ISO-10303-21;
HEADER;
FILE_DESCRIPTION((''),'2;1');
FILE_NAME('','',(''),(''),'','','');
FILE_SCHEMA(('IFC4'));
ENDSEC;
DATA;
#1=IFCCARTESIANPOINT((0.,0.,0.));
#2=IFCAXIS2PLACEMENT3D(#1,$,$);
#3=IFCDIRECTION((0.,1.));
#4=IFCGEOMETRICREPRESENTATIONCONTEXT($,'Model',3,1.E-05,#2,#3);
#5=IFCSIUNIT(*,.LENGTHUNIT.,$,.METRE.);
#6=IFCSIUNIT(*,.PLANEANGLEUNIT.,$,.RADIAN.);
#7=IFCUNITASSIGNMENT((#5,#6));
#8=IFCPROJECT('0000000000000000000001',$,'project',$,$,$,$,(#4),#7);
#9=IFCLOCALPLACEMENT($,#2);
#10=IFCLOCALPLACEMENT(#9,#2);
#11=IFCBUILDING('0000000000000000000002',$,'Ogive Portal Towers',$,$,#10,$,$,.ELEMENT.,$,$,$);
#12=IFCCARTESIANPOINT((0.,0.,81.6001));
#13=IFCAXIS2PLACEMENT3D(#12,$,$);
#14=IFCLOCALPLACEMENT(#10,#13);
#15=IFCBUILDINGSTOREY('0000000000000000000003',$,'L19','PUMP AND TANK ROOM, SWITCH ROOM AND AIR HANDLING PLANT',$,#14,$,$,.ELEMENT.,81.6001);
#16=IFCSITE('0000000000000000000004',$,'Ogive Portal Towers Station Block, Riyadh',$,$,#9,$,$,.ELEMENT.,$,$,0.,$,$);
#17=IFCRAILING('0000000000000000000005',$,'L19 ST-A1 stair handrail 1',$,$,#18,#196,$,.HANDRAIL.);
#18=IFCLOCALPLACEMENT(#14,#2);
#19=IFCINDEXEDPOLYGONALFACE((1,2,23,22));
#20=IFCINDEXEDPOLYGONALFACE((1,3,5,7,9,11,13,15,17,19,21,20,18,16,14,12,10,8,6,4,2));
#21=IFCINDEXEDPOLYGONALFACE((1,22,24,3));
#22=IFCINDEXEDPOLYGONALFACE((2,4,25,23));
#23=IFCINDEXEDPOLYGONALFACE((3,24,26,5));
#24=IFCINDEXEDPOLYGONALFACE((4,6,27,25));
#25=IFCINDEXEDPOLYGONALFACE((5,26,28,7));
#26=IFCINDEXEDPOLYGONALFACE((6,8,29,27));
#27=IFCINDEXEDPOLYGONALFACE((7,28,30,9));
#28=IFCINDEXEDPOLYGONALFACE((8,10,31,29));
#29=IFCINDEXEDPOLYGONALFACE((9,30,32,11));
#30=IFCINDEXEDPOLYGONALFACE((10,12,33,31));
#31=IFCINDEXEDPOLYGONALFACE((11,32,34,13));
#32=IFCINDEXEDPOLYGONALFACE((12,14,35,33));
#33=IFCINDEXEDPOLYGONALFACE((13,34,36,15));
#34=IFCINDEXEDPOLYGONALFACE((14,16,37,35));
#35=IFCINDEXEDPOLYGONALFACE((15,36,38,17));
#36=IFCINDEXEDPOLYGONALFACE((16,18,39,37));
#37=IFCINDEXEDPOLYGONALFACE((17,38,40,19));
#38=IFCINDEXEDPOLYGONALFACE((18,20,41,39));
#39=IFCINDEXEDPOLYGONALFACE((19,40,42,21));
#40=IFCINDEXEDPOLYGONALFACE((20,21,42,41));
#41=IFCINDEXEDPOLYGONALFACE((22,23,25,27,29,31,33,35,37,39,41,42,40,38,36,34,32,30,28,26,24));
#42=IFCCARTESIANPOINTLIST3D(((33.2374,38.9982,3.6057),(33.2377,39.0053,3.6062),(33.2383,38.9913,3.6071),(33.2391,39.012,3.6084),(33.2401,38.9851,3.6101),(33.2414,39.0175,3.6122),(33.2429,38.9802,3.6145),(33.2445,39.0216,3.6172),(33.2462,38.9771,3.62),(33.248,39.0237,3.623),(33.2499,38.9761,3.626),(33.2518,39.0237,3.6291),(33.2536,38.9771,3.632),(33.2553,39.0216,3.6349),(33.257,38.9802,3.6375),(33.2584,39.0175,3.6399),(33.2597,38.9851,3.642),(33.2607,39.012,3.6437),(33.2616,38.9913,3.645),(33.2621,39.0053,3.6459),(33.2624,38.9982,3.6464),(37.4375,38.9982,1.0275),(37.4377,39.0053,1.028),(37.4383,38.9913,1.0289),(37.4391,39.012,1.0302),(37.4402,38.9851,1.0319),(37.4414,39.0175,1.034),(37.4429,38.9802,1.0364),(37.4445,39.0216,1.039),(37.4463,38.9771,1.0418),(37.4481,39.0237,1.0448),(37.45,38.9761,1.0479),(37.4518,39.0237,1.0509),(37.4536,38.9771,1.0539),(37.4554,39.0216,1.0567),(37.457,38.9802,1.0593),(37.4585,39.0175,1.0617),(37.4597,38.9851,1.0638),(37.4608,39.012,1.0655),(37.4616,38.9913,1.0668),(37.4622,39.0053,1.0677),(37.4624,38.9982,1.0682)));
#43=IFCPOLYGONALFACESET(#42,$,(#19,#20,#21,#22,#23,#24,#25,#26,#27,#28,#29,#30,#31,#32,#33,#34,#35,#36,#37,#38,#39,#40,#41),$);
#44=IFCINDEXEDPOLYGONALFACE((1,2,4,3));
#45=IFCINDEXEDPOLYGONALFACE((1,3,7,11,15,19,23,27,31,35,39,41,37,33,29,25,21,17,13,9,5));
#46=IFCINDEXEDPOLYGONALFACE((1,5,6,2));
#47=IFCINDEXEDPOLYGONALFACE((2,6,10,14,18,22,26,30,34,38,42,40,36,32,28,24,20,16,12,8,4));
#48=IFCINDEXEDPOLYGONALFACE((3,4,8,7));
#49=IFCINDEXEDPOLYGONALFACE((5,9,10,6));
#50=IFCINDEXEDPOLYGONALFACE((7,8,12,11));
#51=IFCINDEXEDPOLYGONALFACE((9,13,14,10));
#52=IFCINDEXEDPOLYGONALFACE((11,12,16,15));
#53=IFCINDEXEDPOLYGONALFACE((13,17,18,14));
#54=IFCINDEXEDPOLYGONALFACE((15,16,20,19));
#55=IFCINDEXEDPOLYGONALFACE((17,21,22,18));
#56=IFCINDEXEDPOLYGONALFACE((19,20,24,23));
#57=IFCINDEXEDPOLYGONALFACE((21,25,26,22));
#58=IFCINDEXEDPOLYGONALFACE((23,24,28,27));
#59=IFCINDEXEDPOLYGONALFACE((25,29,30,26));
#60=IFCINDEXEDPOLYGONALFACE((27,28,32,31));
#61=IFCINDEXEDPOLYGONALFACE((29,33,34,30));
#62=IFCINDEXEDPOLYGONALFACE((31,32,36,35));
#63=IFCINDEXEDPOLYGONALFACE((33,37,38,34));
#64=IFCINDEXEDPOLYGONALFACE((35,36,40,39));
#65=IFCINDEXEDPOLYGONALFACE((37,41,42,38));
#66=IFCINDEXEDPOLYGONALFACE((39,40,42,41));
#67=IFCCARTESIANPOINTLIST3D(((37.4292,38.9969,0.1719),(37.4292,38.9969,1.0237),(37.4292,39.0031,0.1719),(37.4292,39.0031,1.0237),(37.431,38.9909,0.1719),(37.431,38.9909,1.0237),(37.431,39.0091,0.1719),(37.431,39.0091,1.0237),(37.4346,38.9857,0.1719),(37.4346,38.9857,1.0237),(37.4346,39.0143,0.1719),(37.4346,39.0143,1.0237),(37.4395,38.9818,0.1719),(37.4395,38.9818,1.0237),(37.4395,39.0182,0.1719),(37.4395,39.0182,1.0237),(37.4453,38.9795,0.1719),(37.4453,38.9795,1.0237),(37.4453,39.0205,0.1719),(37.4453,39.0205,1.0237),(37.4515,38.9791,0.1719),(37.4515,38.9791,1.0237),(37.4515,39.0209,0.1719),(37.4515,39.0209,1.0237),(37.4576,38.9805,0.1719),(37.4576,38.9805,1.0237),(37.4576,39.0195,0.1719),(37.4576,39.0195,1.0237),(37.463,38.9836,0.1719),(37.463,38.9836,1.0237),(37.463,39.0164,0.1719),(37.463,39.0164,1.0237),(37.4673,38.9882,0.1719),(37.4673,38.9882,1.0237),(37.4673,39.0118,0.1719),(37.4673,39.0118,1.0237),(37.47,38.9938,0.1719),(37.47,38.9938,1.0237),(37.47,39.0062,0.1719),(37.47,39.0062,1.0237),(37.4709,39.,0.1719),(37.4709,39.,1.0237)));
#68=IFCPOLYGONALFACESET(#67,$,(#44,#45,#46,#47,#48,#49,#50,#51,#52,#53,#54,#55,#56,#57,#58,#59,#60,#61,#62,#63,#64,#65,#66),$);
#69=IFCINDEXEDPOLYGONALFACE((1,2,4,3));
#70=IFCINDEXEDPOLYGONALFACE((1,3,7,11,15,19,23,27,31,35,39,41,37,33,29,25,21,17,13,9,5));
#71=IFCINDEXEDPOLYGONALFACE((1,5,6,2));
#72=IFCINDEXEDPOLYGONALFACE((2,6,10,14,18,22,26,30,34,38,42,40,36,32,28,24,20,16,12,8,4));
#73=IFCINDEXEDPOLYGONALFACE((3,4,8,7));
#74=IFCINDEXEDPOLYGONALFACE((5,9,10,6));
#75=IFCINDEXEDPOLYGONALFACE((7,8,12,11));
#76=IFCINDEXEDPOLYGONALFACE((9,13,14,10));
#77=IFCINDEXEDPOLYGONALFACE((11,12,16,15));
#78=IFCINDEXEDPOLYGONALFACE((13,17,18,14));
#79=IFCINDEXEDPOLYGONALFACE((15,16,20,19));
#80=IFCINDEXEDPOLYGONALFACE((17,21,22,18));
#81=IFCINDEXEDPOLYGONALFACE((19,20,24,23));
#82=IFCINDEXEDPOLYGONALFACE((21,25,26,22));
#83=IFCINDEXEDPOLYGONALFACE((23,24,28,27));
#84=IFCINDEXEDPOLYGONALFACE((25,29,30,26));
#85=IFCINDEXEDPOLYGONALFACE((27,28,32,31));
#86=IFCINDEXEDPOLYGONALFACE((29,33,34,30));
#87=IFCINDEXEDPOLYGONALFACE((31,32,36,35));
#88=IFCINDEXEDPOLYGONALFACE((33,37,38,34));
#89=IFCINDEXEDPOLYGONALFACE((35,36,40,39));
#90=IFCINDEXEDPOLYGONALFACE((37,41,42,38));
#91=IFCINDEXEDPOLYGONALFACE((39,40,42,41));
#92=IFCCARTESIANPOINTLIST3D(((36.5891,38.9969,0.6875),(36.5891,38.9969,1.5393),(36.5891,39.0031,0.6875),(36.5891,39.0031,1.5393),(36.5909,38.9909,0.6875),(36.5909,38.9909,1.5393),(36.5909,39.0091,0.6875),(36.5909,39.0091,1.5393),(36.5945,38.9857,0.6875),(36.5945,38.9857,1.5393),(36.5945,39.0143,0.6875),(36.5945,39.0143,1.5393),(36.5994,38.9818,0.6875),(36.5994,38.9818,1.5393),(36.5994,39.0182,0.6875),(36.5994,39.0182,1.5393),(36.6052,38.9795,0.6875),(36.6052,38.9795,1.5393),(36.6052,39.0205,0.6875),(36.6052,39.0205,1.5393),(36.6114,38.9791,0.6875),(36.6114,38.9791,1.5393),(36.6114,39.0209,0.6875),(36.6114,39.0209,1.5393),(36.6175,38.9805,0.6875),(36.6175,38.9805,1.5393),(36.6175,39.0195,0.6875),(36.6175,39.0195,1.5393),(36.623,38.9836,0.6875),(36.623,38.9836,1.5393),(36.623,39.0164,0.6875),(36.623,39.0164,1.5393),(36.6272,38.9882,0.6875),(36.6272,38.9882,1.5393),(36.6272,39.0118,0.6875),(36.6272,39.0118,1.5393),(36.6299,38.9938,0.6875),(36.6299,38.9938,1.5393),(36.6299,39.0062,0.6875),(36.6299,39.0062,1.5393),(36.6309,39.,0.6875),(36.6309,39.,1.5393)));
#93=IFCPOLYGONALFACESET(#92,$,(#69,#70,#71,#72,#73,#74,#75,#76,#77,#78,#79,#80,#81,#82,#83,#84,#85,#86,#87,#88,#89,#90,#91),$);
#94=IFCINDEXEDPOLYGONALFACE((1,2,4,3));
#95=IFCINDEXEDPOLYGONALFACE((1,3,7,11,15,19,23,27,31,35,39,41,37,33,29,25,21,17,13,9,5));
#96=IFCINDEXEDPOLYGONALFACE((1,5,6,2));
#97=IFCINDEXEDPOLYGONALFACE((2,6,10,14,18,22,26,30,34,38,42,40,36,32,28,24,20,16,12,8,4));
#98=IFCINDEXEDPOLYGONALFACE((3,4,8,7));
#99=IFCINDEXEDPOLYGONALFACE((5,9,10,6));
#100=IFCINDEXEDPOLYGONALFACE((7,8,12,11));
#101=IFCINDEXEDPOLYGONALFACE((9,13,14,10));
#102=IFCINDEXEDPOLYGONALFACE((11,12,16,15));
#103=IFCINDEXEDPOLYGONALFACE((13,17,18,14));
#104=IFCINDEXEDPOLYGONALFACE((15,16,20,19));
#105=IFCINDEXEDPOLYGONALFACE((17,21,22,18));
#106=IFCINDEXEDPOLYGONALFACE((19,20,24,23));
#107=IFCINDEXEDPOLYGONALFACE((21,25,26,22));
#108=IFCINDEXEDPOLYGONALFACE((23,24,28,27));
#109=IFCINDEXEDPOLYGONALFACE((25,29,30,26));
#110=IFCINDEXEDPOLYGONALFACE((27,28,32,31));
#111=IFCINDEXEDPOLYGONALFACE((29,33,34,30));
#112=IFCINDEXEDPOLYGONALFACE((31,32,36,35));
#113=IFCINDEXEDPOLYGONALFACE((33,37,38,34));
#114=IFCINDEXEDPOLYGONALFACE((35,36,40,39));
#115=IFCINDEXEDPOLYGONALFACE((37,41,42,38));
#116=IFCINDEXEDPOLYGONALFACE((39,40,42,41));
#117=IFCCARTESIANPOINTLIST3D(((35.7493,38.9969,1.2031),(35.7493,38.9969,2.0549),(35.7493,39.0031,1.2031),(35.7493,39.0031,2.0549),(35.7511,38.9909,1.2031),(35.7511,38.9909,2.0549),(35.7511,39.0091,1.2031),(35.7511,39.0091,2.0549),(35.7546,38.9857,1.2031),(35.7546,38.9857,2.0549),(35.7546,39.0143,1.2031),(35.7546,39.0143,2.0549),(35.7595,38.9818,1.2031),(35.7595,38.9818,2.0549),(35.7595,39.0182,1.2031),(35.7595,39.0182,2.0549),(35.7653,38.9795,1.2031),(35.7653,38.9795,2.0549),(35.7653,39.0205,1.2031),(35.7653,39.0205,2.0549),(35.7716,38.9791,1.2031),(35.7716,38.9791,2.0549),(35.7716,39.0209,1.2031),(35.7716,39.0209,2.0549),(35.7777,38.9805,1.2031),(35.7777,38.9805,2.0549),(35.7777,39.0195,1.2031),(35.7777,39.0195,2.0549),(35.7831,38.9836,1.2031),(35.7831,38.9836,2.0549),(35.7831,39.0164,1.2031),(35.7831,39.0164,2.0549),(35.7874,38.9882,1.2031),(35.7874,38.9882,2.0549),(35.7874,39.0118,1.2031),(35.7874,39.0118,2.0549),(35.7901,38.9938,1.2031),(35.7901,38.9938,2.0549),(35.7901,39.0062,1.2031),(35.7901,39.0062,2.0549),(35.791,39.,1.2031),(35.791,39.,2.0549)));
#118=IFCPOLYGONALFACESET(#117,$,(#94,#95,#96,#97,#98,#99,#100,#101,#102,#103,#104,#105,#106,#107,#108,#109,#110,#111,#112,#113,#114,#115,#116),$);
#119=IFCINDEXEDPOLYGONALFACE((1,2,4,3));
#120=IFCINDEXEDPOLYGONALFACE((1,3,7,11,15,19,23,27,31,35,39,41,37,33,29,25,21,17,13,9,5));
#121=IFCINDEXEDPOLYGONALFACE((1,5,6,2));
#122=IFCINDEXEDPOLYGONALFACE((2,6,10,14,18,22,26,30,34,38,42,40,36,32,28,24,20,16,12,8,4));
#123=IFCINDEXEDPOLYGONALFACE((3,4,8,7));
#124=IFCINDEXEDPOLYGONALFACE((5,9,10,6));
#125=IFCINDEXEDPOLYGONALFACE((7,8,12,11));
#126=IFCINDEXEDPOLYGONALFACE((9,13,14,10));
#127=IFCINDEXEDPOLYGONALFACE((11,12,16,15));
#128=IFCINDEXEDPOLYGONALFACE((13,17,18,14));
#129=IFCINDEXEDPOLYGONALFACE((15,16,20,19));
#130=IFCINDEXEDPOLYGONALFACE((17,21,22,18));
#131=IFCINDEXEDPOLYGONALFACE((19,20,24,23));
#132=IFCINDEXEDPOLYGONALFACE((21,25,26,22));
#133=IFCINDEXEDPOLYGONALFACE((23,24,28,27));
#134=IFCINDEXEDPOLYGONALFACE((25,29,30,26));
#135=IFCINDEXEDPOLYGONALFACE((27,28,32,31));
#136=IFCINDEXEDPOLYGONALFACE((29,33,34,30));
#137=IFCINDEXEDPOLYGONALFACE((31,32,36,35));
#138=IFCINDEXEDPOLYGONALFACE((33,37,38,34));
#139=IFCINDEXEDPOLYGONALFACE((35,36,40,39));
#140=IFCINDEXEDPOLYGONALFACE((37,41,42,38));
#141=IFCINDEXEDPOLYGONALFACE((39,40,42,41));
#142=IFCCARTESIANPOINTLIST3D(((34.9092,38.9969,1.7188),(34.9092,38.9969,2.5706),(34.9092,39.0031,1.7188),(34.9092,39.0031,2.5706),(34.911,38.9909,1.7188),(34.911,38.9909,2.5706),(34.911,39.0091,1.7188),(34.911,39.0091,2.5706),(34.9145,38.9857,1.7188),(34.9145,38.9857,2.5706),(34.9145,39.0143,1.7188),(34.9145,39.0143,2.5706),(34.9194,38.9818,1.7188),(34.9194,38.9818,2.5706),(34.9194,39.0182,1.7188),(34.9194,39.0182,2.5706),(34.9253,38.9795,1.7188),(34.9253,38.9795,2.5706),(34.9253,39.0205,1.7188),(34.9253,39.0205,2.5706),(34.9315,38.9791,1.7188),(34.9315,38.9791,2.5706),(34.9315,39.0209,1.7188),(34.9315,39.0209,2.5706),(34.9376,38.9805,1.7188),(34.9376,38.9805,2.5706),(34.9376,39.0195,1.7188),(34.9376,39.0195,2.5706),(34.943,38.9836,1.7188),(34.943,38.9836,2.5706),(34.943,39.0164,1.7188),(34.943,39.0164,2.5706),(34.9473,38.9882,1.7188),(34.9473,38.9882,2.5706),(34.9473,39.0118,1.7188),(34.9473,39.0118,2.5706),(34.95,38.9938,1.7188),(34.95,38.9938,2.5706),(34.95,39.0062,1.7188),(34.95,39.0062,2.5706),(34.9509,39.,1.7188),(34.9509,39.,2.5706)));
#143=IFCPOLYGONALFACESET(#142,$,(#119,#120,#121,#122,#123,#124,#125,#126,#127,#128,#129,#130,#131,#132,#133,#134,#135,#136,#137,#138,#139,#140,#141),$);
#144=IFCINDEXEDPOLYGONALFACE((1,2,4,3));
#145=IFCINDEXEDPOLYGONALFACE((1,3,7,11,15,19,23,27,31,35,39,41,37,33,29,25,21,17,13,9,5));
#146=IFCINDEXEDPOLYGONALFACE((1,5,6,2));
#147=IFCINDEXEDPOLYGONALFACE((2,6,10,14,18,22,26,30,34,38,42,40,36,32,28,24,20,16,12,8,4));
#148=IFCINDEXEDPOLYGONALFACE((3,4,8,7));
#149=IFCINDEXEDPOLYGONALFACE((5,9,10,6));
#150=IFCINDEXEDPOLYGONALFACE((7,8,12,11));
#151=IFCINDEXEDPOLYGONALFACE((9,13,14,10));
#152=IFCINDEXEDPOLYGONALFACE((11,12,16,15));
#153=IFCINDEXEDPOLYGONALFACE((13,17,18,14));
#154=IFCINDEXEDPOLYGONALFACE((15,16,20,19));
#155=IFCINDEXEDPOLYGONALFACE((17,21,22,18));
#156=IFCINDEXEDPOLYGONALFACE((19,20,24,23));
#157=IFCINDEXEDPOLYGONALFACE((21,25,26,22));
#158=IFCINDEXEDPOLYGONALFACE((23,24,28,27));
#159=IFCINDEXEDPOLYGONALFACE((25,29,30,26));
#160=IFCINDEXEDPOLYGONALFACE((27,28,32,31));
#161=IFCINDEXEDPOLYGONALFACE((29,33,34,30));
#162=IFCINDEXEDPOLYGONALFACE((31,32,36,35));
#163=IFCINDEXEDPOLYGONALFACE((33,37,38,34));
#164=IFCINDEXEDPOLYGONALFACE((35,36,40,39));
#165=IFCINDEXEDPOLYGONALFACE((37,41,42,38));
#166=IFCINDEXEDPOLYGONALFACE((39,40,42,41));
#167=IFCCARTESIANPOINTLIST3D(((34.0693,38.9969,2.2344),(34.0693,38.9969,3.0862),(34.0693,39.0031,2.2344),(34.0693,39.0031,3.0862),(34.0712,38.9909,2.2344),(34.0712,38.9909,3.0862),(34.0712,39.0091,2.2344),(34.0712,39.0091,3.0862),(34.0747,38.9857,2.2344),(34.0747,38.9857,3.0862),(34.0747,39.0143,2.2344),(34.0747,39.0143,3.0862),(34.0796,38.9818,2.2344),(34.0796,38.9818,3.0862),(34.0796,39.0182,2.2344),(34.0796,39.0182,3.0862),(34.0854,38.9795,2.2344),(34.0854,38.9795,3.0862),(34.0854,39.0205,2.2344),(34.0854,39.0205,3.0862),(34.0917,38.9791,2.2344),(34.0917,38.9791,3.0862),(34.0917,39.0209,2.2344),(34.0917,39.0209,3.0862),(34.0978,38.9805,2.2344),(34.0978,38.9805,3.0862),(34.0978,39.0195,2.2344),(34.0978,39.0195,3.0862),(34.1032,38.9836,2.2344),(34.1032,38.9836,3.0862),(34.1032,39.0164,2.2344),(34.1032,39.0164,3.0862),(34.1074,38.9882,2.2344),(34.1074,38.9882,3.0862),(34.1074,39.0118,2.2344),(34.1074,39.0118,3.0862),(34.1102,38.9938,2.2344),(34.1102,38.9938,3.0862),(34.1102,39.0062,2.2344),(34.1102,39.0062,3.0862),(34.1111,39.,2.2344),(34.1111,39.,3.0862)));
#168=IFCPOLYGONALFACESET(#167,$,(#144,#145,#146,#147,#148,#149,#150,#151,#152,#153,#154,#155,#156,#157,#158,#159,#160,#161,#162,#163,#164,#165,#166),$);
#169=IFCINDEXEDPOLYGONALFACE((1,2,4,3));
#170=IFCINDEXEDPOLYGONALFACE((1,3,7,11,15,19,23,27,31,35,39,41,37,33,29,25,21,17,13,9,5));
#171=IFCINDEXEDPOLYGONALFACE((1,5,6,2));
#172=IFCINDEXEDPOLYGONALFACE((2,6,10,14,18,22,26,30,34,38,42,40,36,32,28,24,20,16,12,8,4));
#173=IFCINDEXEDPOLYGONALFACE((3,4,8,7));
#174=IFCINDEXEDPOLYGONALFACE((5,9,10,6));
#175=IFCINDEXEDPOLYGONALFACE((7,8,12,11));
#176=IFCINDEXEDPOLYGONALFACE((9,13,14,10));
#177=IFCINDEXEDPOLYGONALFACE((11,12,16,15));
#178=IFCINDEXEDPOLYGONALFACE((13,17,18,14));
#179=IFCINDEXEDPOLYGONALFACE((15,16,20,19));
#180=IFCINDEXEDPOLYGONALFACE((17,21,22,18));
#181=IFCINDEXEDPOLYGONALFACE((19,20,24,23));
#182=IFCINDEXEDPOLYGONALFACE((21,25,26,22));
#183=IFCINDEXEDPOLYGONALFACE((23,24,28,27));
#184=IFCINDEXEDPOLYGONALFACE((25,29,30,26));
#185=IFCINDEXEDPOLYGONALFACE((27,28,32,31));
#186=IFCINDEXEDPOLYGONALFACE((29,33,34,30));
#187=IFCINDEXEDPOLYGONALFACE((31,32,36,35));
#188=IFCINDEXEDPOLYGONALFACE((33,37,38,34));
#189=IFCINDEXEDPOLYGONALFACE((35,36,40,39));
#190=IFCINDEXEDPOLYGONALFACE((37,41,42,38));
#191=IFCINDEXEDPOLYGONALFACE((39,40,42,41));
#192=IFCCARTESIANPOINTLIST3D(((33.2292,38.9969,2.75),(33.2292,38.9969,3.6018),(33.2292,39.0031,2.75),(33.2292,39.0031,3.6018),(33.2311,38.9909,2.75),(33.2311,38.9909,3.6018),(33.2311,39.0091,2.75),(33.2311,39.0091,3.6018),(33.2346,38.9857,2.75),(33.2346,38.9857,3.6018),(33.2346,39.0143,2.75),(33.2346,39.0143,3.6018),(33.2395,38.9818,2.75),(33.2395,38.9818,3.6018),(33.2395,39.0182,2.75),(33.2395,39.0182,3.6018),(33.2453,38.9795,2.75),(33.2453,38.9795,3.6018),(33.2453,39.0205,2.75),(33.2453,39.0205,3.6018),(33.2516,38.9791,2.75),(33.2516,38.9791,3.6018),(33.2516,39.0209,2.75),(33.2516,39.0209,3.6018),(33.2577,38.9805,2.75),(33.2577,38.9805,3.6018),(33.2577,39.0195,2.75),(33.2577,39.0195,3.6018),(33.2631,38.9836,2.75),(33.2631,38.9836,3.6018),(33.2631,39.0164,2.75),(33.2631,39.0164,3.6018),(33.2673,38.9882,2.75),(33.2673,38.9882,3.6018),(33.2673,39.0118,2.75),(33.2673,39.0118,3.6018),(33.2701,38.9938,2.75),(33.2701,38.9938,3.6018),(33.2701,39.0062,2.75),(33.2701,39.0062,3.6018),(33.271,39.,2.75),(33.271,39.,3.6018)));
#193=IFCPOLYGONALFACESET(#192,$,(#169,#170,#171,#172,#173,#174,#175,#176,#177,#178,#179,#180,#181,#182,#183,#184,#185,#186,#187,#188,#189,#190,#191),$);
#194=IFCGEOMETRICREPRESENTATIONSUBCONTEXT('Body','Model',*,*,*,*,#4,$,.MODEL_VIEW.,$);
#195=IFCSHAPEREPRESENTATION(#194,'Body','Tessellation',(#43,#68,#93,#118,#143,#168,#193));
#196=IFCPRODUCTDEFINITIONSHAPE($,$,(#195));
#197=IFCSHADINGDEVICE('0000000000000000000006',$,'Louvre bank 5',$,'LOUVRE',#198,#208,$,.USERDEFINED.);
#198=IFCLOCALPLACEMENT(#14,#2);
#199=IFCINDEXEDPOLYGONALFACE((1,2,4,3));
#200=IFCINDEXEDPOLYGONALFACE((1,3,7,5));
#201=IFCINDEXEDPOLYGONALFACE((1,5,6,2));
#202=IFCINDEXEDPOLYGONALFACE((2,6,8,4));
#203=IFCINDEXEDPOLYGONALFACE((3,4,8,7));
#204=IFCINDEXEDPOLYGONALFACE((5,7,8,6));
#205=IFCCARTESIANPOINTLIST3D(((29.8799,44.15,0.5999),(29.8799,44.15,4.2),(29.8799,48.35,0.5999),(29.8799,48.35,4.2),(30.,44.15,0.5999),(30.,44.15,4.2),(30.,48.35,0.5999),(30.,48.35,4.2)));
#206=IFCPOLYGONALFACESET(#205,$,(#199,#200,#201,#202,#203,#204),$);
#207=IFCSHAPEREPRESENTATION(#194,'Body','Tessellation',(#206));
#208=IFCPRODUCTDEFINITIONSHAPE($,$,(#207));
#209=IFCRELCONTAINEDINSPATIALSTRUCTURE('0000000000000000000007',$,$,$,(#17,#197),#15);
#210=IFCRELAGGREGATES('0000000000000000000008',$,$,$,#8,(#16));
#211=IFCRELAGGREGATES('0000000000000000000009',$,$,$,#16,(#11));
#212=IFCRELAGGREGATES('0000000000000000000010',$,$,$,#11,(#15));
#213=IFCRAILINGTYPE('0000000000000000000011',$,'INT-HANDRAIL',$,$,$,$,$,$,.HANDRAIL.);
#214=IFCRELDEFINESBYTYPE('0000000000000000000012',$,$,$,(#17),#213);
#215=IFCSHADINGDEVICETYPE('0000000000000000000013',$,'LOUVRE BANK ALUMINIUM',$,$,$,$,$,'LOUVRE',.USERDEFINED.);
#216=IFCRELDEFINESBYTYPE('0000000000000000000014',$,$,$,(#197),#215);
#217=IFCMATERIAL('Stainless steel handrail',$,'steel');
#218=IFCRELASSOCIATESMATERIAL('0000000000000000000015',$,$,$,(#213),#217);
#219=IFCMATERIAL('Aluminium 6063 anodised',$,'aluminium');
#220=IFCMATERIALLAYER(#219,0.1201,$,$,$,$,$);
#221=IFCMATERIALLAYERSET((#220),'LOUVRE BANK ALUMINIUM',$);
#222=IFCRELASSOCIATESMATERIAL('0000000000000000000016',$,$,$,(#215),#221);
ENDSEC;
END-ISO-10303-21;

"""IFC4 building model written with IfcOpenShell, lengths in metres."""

from ifc_helpers import new_model, si_unit, direction, frame, origin, origin_2d, place, context, subcontext, project, spatial, rectangle, circle, extrude, material, layer, layer_set, type_object, element, save


model = new_model("IFC4")

# Units and contexts
model_context = context("Model", 3, precision=1e-05, world=origin(), true_north=direction((0.0, 1.0)))
body_context = subcontext(model_context, "Body", "Model", "MODEL_VIEW")
ifc_project = project(units=[si_unit("LENGTHUNIT", "METRE"), si_unit("PLANEANGLEUNIT", "RADIAN")], contexts=[model_context])

# Site, building, storey
site_placement = place(None, origin())
site = spatial("IfcSite", under=ifc_project, at=site_placement, Name="Ogive Portal Towers Station Block, Riyadh", CompositionType="ELEMENT", RefElevation=0.0)
building_placement = place(site_placement, origin())
building = spatial("IfcBuilding", under=site, at=building_placement, Name="Ogive Portal Towers", CompositionType="ELEMENT")
storey_placement = place(building_placement, frame((0.0, 0.0, 81.6001)))
storey = spatial("IfcBuildingStorey", under=building, at=storey_placement, Name="L19", Description="PUMP AND TANK ROOM, SWITCH ROOM AND AIR HANDLING PLANT", CompositionType="ELEMENT", Elevation=81.6001)

# Railing
ifc_material_1 = material(Name="Stainless steel handrail", Category="steel")
railing_type_1 = type_object("IfcRailingType", Name="INT-HANDRAIL", PredefinedType="HANDRAIL", material=ifc_material_1)
railing_1_placement = place(storey_placement, frame((37.45, 39.0, 0.1719)))
element("IfcRailing", 1, at=railing_1_placement, inside=storey, type_object=railing_type_1, Name="L19 ST-A1 stair handrail 1", PredefinedType="HANDRAIL", context=body_context, shape_type="SweptSolid", body=[
    extrude(circle(Radius=0.0239, at=origin_2d()), frame((0.0, 0.0, 0.876), z_axis=(-0.852243, 0.0, 0.523146), x_axis=(0.0, -1.0, 0.0)), (0.0, 0.0, 1.0), 4.9282),
    extrude(circle(Radius=0.021, at=origin_2d()), origin(), (0.0, 0.0, 1.0), 0.8518),
    extrude(circle(Radius=0.021, at=origin_2d()), frame((-0.8401, 0.0, 0.5156)), (0.0, 0.0, 1.0), 0.8518),
    extrude(circle(Radius=0.021, at=origin_2d()), frame((-1.6799, 0.0, 1.0312)), (0.0, 0.0, 1.0), 0.8518),
    extrude(circle(Radius=0.021, at=origin_2d()), frame((-2.52, 0.0, 1.5469)), (0.0, 0.0, 1.0), 0.8518),
    extrude(circle(Radius=0.021, at=origin_2d()), frame((-3.3599, 0.0, 2.0625)), (0.0, 0.0, 1.0), 0.8518),
    extrude(circle(Radius=0.021, at=origin_2d()), frame((-4.2, 0.0, 2.5781)), (0.0, 0.0, 1.0), 0.8518),
])

# Shading device
ifc_material_2 = material(Name="Aluminium 6063 anodised", Category="aluminium")
ifc_layer_1 = layer(ifc_material_2, 0.1201)
ifc_layer_set_1 = layer_set([ifc_layer_1], Name="LOUVRE BANK ALUMINIUM")
shading_device_type = type_object("IfcShadingDeviceType", Name="LOUVRE BANK ALUMINIUM", ElementType="LOUVRE", PredefinedType="USERDEFINED", material=ifc_layer_set_1)
for number, where, z_axis, x_axis, name in (
    (2, (29.9399, 46.25, 0.5999), (0.0, 0.0, 1.0), (0.0, -1.0, 0.0), "Louvre bank 5"),
):
    element("IfcShadingDevice", number, at=place(storey_placement, frame(where, z_axis=z_axis, x_axis=x_axis)), inside=storey, type_object=shading_device_type, Name=name, ObjectType="LOUVRE", PredefinedType="USERDEFINED", context=body_context, shape_type="SweptSolid", body=[
        extrude(rectangle(XDim=4.2, YDim=0.1201, at=origin_2d()), origin(), (0.0, 0.0, 1.0), 3.6001),
    ])

save(model, "model.ifc")
